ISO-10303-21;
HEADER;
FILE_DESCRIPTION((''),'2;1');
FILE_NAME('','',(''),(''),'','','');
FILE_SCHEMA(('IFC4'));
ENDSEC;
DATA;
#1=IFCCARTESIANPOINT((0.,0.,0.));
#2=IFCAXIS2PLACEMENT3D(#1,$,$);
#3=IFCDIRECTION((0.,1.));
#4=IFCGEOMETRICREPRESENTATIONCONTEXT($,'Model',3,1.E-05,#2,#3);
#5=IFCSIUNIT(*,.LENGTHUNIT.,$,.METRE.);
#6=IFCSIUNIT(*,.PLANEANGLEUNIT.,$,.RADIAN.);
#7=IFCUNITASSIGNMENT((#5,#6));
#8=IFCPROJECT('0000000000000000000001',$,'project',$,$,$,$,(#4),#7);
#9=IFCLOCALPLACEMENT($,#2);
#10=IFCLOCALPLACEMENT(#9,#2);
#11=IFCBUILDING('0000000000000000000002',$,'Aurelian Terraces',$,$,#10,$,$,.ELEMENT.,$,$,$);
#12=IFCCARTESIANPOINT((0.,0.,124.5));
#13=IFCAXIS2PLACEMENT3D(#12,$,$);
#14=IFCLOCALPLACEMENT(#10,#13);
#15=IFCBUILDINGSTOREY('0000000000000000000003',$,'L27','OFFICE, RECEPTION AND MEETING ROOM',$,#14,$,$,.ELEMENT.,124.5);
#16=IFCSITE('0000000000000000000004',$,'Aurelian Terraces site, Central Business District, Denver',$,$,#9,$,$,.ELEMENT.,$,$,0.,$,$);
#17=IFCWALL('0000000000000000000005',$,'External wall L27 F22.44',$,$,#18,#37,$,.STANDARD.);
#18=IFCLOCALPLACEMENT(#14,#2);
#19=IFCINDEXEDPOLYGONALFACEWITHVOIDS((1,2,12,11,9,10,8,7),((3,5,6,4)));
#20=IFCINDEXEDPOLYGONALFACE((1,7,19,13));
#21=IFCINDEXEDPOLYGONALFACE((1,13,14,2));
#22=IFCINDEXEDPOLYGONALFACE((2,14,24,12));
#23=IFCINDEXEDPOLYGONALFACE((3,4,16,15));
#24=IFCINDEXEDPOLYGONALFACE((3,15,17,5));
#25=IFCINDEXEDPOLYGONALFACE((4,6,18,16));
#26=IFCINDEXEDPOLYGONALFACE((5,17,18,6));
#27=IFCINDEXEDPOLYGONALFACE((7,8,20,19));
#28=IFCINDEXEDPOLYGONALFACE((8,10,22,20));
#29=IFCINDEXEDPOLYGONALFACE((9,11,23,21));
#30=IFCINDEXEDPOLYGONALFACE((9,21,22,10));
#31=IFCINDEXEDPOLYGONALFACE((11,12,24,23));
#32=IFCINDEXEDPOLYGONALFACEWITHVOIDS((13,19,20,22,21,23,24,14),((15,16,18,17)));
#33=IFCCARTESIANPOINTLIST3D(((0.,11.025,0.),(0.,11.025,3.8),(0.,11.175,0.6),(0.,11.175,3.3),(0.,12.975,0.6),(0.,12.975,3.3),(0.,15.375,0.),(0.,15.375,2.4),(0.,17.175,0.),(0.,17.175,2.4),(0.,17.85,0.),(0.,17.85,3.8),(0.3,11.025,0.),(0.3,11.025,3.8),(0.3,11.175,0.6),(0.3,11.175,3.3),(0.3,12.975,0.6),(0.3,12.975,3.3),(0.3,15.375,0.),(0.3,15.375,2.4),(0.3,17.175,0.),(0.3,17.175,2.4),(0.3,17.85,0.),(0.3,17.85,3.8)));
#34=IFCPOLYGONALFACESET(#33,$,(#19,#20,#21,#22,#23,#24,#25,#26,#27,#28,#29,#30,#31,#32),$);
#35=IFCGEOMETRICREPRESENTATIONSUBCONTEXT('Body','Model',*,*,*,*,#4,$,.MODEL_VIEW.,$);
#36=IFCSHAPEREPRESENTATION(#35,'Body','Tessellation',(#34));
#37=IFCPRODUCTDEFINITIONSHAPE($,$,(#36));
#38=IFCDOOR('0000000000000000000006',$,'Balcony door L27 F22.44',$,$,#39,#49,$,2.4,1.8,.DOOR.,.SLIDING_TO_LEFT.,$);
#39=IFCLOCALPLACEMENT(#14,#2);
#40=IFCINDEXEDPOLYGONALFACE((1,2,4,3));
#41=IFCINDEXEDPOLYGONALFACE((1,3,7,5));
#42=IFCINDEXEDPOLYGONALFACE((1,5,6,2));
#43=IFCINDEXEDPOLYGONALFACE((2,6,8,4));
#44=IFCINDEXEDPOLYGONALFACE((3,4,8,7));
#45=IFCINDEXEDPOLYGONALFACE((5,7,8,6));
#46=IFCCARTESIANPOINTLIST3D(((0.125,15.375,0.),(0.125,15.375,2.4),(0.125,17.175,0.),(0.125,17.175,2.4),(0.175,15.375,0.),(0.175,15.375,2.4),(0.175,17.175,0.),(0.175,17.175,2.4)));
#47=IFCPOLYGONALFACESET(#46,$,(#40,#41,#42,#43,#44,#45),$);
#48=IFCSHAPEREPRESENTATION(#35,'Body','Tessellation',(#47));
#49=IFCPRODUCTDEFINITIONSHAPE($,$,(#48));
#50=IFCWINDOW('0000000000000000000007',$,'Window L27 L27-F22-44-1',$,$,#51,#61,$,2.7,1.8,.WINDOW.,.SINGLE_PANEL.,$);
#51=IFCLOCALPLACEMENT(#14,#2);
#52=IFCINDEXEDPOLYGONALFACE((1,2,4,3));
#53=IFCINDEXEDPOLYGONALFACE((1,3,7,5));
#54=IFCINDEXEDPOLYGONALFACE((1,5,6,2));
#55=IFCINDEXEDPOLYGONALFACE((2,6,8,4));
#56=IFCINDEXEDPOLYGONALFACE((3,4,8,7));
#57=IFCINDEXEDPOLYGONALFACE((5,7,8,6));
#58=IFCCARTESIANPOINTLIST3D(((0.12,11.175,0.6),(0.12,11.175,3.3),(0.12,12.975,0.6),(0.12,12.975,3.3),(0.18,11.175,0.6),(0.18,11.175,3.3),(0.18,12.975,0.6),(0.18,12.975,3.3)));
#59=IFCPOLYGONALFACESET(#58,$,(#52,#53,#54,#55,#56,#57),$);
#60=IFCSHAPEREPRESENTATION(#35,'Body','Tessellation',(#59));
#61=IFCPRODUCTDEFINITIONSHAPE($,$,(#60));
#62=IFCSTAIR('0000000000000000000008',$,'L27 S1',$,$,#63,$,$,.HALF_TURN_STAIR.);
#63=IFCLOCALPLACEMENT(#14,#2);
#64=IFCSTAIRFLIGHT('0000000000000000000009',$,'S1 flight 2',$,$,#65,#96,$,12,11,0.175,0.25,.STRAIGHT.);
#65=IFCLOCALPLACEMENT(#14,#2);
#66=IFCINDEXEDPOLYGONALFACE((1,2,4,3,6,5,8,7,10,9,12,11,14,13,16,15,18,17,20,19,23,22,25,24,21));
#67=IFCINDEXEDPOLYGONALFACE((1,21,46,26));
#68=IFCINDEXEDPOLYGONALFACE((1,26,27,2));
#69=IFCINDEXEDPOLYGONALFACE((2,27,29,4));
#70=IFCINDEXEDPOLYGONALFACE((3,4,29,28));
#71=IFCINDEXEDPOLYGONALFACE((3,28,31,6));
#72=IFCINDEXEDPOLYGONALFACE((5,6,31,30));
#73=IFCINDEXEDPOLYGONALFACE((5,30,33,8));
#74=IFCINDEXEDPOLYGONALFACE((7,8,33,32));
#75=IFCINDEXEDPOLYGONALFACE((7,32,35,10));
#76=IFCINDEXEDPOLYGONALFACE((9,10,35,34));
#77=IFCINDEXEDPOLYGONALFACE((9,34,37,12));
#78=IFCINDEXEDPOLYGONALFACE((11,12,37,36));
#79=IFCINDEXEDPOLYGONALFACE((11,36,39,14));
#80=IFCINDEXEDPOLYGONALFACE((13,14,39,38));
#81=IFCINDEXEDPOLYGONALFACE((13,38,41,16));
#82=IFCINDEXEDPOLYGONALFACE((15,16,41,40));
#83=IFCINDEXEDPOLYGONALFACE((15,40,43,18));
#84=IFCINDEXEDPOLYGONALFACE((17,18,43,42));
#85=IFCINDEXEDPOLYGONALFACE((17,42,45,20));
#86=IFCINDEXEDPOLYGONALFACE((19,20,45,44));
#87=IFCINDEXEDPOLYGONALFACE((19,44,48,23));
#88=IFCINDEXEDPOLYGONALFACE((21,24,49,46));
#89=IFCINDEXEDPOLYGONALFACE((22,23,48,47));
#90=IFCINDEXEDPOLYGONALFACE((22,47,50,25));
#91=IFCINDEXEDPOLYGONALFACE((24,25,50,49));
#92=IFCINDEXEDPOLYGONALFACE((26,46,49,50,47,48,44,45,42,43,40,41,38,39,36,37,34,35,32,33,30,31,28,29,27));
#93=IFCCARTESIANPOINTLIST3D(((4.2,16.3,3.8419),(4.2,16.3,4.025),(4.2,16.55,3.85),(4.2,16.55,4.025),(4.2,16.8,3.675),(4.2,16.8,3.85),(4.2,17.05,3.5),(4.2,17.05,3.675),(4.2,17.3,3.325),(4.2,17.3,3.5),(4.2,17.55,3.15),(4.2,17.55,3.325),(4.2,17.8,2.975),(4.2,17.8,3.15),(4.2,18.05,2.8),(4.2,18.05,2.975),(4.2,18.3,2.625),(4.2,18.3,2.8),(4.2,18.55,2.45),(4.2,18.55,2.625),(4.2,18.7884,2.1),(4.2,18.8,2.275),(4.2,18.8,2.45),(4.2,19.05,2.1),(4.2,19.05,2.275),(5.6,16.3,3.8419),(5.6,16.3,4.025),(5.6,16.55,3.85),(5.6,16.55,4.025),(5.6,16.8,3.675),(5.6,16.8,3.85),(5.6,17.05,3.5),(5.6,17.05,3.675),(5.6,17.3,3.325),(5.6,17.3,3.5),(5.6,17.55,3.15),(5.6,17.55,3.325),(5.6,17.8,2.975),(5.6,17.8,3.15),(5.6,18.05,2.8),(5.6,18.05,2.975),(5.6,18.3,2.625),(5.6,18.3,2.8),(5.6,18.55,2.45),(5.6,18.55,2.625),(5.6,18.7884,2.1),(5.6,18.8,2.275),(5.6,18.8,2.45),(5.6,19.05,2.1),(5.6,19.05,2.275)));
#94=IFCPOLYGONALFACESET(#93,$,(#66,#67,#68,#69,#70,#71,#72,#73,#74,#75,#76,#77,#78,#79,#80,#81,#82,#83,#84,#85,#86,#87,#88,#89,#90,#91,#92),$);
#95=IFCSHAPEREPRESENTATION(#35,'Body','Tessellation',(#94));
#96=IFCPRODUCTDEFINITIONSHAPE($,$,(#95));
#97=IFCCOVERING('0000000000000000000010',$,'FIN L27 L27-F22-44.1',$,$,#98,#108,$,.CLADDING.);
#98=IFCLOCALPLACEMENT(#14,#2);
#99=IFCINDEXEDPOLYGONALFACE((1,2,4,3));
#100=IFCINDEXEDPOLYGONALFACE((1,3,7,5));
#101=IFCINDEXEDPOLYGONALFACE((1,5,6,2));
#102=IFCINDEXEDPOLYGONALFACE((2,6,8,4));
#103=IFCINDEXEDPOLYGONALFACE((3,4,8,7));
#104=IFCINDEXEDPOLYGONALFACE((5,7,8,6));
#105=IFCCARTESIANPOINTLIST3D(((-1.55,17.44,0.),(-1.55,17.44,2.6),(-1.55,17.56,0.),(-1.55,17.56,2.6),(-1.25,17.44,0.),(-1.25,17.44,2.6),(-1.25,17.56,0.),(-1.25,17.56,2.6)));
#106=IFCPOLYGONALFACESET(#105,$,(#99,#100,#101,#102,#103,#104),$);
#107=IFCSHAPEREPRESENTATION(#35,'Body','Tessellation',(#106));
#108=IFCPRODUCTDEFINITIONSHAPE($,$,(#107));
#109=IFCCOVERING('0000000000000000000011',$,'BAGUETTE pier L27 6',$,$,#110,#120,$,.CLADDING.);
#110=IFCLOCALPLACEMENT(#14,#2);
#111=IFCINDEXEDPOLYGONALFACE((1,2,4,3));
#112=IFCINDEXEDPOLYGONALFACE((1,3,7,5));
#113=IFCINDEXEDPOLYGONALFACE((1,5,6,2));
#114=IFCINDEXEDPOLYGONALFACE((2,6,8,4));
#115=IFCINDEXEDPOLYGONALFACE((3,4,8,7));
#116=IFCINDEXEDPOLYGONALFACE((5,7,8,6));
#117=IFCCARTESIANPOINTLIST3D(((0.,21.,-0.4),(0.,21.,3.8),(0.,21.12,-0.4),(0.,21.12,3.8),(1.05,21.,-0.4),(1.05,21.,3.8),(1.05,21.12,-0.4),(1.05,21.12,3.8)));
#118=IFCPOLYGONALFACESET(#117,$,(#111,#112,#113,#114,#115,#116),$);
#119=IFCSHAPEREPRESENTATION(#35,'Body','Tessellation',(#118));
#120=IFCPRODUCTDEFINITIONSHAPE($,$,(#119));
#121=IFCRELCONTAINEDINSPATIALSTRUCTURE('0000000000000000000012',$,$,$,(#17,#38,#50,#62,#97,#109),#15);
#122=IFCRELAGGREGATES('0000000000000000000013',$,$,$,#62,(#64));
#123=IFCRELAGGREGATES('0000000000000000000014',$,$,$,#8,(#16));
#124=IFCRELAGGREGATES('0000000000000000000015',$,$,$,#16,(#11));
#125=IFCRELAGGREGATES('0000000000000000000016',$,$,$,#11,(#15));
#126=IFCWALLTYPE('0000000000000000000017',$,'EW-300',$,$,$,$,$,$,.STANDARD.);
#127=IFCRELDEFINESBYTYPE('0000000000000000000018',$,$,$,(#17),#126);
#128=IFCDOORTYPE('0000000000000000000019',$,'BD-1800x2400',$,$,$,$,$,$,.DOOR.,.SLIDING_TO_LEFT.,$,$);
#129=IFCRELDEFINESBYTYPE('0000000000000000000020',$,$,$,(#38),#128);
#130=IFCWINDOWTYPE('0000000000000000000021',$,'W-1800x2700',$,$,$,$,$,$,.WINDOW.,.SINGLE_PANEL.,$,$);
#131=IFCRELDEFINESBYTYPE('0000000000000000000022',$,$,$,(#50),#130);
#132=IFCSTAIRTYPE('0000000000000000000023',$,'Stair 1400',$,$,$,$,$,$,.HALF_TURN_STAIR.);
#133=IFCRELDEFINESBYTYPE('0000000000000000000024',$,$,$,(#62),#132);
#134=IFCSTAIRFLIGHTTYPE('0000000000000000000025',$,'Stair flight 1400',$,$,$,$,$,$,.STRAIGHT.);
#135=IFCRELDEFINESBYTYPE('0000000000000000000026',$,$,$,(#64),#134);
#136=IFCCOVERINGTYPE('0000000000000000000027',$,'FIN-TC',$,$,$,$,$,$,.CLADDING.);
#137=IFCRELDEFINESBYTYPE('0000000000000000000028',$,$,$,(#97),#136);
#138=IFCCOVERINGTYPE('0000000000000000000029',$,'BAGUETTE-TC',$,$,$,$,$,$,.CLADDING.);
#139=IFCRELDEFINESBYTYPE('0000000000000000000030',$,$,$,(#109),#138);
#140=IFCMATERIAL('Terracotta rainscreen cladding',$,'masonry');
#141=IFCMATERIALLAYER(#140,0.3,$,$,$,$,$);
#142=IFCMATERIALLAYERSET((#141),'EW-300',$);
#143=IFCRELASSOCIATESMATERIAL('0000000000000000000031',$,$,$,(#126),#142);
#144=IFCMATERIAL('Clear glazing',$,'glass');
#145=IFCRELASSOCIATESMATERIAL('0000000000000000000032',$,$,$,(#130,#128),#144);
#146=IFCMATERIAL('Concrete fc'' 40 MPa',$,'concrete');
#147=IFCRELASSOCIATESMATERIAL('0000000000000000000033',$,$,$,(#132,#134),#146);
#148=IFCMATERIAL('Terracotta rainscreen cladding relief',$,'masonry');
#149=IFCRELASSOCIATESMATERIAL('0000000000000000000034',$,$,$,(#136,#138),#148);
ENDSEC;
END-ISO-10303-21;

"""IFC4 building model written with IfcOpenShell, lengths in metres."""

from ifc_helpers import new_model, si_unit, direction, frame, frame_2d, origin, origin_2d, place, context, subcontext, project, spatial, polyline, rectangle, outline, extrude, source, transform, mapped, material, layer, layer_set, type_object, element, fill, aggregate, save


model = new_model("IFC4")

# Units and contexts
model_context = context("Model", 3, precision=1e-05, world=origin(), true_north=direction((0.0, 1.0)))
body_context = subcontext(model_context, "Body", "Model", "MODEL_VIEW")
ifc_project = project(units=[si_unit("LENGTHUNIT", "METRE"), si_unit("PLANEANGLEUNIT", "RADIAN")], contexts=[model_context])

# Site, building, storey
site_placement = place(None, origin())
site = spatial("IfcSite", under=ifc_project, at=site_placement, Name="Aurelian Terraces site, Central Business District, Denver", CompositionType="ELEMENT", RefElevation=0.0)
building_placement = place(site_placement, origin())
building = spatial("IfcBuilding", under=site, at=building_placement, Name="Aurelian Terraces", CompositionType="ELEMENT")
storey_placement = place(building_placement, frame((0.0, 0.0, 124.5)))
storey = spatial("IfcBuildingStorey", under=building, at=storey_placement, Name="L27", Description="OFFICE, RECEPTION AND MEETING ROOM", CompositionType="ELEMENT", Elevation=124.5)

# Shared definitions
ifc_material_1 = material(Name="Terracotta rainscreen cladding", Category="masonry")
ifc_layer_1 = layer(ifc_material_1, 0.3)
ifc_layer_set_1 = layer_set([ifc_layer_1], Name="EW-300")
wall_type_1 = type_object("IfcWallType", Name="EW-300", PredefinedType="STANDARD", material=ifc_layer_set_1)
shared_shape_1 = source(origin(), body_context, "Body", "SweptSolid", [
    extrude(rectangle(XDim=1.8, YDim=2.7, at=frame_2d((0.9, 1.35))), frame((0.0, 0.16, 0.0), z_axis=(0.0, -1.0, 0.0), x_axis=(1.0, 0.0, 0.0)), (0.0, 0.0, 1.0), 0.32),
])
ifc_material_2 = material(Name="Clear glazing", Category="glass")
window_type_1 = type_object("IfcWindowType", Name="W-1800x2700", PartitioningType="SINGLE_PANEL", PredefinedType="WINDOW", material=ifc_material_2)
shared_shape_2 = source(origin(), body_context, "Body", "SweptSolid", [
    extrude(rectangle(XDim=1.8, YDim=2.7, at=frame_2d((0.9, 1.35))), frame((0.0, 0.03, 0.0), z_axis=(0.0, -1.0, 0.0), x_axis=(1.0, 0.0, 0.0)), (0.0, 0.0, 1.0), 0.06),
])

# Wall, openings, door, window
shared_shape_3 = source(origin(), body_context, "Body", "SweptSolid", [
    extrude(rectangle(XDim=6.825, YDim=0.3, at=frame_2d((3.4125, 0.0))), origin(), (0.0, 0.0, 1.0), 3.8),
])
wall_1_placement = place(storey_placement, frame((0.15, 17.85, 0.0), z_axis=(0.0, 0.0, 1.0), x_axis=(0.0, -1.0, 0.0)))
wall_1 = element("IfcWall", 1, at=wall_1_placement, inside=storey, type_object=wall_type_1, Name="External wall L27 F22.44", PredefinedType="STANDARD", context=body_context, shape_type="MappedRepresentation", body=[
    mapped(shared_shape_3, transform((0.0, 0.0, 0.0), scale=1.0)),
])
shared_shape_4 = source(origin(), body_context, "Body", "SweptSolid", [
    extrude(rectangle(XDim=1.8, YDim=2.4, at=frame_2d((0.9, 1.2))), frame((0.0, 0.16, 0.0), z_axis=(0.0, -1.0, 0.0), x_axis=(1.0, 0.0, 0.0)), (0.0, 0.0, 1.0), 0.32),
])
opening_1_placement = place(wall_1_placement, frame((0.675, 0.0, 0.0)))
opening_1 = element("IfcOpeningElement", 2, at=opening_1_placement, cuts=wall_1, PredefinedType="OPENING", context=body_context, shape_type="MappedRepresentation", body=[
    mapped(shared_shape_4, transform((0.0, 0.0, 0.0), scale=1.0)),
])
opening_2_placement = place(wall_1_placement, frame((4.875, 0.0, 0.6)))
opening_2 = element("IfcOpeningElement", 3, at=opening_2_placement, cuts=wall_1, PredefinedType="OPENING", context=body_context, shape_type="MappedRepresentation", body=[
    mapped(shared_shape_1, transform((0.0, 0.0, 0.0), scale=1.0)),
])
door_type_1 = type_object("IfcDoorType", Name="BD-1800x2400", OperationType="SLIDING_TO_LEFT", PredefinedType="DOOR", material=ifc_material_2)
shared_shape_5 = source(origin(), body_context, "Body", "SweptSolid", [
    extrude(rectangle(XDim=1.8, YDim=2.4, at=frame_2d((0.9, 1.2))), frame((0.0, 0.025, 0.0), z_axis=(0.0, -1.0, 0.0), x_axis=(1.0, 0.0, 0.0)), (0.0, 0.0, 1.0), 0.05),
])
door_1_placement = place(opening_1_placement, origin())
door_1 = element("IfcDoor", 4, at=door_1_placement, inside=storey, type_object=door_type_1, Name="Balcony door L27 F22.44", OperationType="SLIDING_TO_LEFT", OverallHeight=2.4, OverallWidth=1.8, PredefinedType="DOOR", context=body_context, shape_type="MappedRepresentation", body=[
    mapped(shared_shape_5, transform((0.0, 0.0, 0.0), scale=1.0)),
])
fill(opening_1, door_1)
window_1_placement = place(opening_2_placement, origin())
window_1 = element("IfcWindow", 5, at=window_1_placement, inside=storey, type_object=window_type_1, Name="Window L27 L27-F22-44-1", OverallHeight=2.7, OverallWidth=1.8, PartitioningType="SINGLE_PANEL", PredefinedType="WINDOW", context=body_context, shape_type="MappedRepresentation", body=[
    mapped(shared_shape_2, transform((0.0, 0.0, 0.0), scale=1.0)),
])
fill(opening_2, window_1)

# Stair, stair flight
ifc_material_3 = material(Name="Concrete fc' 40 MPa", Category="concrete")
stair_type = type_object("IfcStairType", Name="Stair 1400", PredefinedType="HALF_TURN_STAIR", material=ifc_material_3)
stair_placement = place(storey_placement, origin())
stair = element("IfcStair", 6, at=stair_placement, inside=storey, type_object=stair_type, Name="L27 S1", PredefinedType="HALF_TURN_STAIR")
stair_flight_type = type_object("IfcStairFlightType", Name="Stair flight 1400", PredefinedType="STRAIGHT", material=ifc_material_3)
shared_shape_6 = source(origin(), body_context, "Body", "SweptSolid", [
    extrude(outline(polyline([(0.0, 0.0), (0.0, 0.175), (0.25, 0.175), (0.25, 0.35), (0.5, 0.35), (0.5, 0.525), (0.75, 0.525), (0.75, 0.7), (1.0, 0.7), (1.0, 0.875), (1.25, 0.875), (1.25, 1.05), (1.5, 1.05), (1.5, 1.225), (1.75, 1.225), (1.75, 1.4), (2.0, 1.4), (2.0, 1.575), (2.25, 1.575), (2.25, 1.75), (2.5, 1.75), (2.5, 1.925), (2.75, 1.925), (2.75, 2.1), (2.75, 1.7419), (0.2616, 0.0), (0.0, 0.0)])), frame((0.0, 0.7, 0.0), z_axis=(0.0, -1.0, 0.0), x_axis=(1.0, 0.0, 0.0)), (0.0, 0.0, 1.0), 1.4),
])
stair_flight_placement = place(storey_placement, frame((4.9, 19.05, 2.1), z_axis=(0.0, 0.0, 1.0), x_axis=(0.0, -1.0, 0.0)))
stair_flight = element("IfcStairFlight", 7, at=stair_flight_placement, type_object=stair_flight_type, Name="S1 flight 2", NumberOfRisers=12, NumberOfTreads=11, PredefinedType="STRAIGHT", RiserHeight=0.175, TreadLength=0.25, context=body_context, shape_type="MappedRepresentation", body=[
    mapped(shared_shape_6, transform((0.0, 0.0, 0.0), scale=1.0)),
])
aggregate(stair, [stair_flight])

# Covering
ifc_material_4 = material(Name="Terracotta rainscreen cladding relief", Category="masonry")
covering_type_1 = type_object("IfcCoveringType", Name="FIN-TC", PredefinedType="CLADDING", material=ifc_material_4)
shared_shape_7 = source(origin(), body_context, "Body", "SweptSolid", [
    extrude(rectangle(XDim=0.3, YDim=0.12, at=origin_2d()), origin(), (0.0, 0.0, 1.0), 2.6),
])
covering_1_placement = place(storey_placement, frame((-1.4, 17.5, 0.0), z_axis=(0.0, 0.0, 1.0), x_axis=(1.0, 0.0, 0.0)))
element("IfcCovering", 8, at=covering_1_placement, inside=storey, type_object=covering_type_1, Name="FIN L27 L27-F22-44.1", PredefinedType="CLADDING", context=body_context, shape_type="MappedRepresentation", body=[
    mapped(shared_shape_7, transform((0.0, 0.0, 0.0), scale=1.0)),
])

# Covering
covering_type_2 = type_object("IfcCoveringType", Name="BAGUETTE-TC", PredefinedType="CLADDING", material=ifc_material_4)
shared_shape_8 = source(origin(), body_context, "Body", "SweptSolid", [
    extrude(rectangle(XDim=1.05, YDim=0.12, at=origin_2d()), origin(), (0.0, 0.0, 1.0), 4.2),
])
covering_2_placement = place(storey_placement, frame((0.525, 21.06, -0.4), z_axis=(0.0, 0.0, 1.0), x_axis=(1.0, 0.0, 0.0)))
element("IfcCovering", 9, at=covering_2_placement, inside=storey, type_object=covering_type_2, Name="BAGUETTE pier L27 6", PredefinedType="CLADDING", context=body_context, shape_type="MappedRepresentation", body=[
    mapped(shared_shape_8, transform((0.0, 0.0, 0.0), scale=1.0)),
])

save(model, "model.ifc")
